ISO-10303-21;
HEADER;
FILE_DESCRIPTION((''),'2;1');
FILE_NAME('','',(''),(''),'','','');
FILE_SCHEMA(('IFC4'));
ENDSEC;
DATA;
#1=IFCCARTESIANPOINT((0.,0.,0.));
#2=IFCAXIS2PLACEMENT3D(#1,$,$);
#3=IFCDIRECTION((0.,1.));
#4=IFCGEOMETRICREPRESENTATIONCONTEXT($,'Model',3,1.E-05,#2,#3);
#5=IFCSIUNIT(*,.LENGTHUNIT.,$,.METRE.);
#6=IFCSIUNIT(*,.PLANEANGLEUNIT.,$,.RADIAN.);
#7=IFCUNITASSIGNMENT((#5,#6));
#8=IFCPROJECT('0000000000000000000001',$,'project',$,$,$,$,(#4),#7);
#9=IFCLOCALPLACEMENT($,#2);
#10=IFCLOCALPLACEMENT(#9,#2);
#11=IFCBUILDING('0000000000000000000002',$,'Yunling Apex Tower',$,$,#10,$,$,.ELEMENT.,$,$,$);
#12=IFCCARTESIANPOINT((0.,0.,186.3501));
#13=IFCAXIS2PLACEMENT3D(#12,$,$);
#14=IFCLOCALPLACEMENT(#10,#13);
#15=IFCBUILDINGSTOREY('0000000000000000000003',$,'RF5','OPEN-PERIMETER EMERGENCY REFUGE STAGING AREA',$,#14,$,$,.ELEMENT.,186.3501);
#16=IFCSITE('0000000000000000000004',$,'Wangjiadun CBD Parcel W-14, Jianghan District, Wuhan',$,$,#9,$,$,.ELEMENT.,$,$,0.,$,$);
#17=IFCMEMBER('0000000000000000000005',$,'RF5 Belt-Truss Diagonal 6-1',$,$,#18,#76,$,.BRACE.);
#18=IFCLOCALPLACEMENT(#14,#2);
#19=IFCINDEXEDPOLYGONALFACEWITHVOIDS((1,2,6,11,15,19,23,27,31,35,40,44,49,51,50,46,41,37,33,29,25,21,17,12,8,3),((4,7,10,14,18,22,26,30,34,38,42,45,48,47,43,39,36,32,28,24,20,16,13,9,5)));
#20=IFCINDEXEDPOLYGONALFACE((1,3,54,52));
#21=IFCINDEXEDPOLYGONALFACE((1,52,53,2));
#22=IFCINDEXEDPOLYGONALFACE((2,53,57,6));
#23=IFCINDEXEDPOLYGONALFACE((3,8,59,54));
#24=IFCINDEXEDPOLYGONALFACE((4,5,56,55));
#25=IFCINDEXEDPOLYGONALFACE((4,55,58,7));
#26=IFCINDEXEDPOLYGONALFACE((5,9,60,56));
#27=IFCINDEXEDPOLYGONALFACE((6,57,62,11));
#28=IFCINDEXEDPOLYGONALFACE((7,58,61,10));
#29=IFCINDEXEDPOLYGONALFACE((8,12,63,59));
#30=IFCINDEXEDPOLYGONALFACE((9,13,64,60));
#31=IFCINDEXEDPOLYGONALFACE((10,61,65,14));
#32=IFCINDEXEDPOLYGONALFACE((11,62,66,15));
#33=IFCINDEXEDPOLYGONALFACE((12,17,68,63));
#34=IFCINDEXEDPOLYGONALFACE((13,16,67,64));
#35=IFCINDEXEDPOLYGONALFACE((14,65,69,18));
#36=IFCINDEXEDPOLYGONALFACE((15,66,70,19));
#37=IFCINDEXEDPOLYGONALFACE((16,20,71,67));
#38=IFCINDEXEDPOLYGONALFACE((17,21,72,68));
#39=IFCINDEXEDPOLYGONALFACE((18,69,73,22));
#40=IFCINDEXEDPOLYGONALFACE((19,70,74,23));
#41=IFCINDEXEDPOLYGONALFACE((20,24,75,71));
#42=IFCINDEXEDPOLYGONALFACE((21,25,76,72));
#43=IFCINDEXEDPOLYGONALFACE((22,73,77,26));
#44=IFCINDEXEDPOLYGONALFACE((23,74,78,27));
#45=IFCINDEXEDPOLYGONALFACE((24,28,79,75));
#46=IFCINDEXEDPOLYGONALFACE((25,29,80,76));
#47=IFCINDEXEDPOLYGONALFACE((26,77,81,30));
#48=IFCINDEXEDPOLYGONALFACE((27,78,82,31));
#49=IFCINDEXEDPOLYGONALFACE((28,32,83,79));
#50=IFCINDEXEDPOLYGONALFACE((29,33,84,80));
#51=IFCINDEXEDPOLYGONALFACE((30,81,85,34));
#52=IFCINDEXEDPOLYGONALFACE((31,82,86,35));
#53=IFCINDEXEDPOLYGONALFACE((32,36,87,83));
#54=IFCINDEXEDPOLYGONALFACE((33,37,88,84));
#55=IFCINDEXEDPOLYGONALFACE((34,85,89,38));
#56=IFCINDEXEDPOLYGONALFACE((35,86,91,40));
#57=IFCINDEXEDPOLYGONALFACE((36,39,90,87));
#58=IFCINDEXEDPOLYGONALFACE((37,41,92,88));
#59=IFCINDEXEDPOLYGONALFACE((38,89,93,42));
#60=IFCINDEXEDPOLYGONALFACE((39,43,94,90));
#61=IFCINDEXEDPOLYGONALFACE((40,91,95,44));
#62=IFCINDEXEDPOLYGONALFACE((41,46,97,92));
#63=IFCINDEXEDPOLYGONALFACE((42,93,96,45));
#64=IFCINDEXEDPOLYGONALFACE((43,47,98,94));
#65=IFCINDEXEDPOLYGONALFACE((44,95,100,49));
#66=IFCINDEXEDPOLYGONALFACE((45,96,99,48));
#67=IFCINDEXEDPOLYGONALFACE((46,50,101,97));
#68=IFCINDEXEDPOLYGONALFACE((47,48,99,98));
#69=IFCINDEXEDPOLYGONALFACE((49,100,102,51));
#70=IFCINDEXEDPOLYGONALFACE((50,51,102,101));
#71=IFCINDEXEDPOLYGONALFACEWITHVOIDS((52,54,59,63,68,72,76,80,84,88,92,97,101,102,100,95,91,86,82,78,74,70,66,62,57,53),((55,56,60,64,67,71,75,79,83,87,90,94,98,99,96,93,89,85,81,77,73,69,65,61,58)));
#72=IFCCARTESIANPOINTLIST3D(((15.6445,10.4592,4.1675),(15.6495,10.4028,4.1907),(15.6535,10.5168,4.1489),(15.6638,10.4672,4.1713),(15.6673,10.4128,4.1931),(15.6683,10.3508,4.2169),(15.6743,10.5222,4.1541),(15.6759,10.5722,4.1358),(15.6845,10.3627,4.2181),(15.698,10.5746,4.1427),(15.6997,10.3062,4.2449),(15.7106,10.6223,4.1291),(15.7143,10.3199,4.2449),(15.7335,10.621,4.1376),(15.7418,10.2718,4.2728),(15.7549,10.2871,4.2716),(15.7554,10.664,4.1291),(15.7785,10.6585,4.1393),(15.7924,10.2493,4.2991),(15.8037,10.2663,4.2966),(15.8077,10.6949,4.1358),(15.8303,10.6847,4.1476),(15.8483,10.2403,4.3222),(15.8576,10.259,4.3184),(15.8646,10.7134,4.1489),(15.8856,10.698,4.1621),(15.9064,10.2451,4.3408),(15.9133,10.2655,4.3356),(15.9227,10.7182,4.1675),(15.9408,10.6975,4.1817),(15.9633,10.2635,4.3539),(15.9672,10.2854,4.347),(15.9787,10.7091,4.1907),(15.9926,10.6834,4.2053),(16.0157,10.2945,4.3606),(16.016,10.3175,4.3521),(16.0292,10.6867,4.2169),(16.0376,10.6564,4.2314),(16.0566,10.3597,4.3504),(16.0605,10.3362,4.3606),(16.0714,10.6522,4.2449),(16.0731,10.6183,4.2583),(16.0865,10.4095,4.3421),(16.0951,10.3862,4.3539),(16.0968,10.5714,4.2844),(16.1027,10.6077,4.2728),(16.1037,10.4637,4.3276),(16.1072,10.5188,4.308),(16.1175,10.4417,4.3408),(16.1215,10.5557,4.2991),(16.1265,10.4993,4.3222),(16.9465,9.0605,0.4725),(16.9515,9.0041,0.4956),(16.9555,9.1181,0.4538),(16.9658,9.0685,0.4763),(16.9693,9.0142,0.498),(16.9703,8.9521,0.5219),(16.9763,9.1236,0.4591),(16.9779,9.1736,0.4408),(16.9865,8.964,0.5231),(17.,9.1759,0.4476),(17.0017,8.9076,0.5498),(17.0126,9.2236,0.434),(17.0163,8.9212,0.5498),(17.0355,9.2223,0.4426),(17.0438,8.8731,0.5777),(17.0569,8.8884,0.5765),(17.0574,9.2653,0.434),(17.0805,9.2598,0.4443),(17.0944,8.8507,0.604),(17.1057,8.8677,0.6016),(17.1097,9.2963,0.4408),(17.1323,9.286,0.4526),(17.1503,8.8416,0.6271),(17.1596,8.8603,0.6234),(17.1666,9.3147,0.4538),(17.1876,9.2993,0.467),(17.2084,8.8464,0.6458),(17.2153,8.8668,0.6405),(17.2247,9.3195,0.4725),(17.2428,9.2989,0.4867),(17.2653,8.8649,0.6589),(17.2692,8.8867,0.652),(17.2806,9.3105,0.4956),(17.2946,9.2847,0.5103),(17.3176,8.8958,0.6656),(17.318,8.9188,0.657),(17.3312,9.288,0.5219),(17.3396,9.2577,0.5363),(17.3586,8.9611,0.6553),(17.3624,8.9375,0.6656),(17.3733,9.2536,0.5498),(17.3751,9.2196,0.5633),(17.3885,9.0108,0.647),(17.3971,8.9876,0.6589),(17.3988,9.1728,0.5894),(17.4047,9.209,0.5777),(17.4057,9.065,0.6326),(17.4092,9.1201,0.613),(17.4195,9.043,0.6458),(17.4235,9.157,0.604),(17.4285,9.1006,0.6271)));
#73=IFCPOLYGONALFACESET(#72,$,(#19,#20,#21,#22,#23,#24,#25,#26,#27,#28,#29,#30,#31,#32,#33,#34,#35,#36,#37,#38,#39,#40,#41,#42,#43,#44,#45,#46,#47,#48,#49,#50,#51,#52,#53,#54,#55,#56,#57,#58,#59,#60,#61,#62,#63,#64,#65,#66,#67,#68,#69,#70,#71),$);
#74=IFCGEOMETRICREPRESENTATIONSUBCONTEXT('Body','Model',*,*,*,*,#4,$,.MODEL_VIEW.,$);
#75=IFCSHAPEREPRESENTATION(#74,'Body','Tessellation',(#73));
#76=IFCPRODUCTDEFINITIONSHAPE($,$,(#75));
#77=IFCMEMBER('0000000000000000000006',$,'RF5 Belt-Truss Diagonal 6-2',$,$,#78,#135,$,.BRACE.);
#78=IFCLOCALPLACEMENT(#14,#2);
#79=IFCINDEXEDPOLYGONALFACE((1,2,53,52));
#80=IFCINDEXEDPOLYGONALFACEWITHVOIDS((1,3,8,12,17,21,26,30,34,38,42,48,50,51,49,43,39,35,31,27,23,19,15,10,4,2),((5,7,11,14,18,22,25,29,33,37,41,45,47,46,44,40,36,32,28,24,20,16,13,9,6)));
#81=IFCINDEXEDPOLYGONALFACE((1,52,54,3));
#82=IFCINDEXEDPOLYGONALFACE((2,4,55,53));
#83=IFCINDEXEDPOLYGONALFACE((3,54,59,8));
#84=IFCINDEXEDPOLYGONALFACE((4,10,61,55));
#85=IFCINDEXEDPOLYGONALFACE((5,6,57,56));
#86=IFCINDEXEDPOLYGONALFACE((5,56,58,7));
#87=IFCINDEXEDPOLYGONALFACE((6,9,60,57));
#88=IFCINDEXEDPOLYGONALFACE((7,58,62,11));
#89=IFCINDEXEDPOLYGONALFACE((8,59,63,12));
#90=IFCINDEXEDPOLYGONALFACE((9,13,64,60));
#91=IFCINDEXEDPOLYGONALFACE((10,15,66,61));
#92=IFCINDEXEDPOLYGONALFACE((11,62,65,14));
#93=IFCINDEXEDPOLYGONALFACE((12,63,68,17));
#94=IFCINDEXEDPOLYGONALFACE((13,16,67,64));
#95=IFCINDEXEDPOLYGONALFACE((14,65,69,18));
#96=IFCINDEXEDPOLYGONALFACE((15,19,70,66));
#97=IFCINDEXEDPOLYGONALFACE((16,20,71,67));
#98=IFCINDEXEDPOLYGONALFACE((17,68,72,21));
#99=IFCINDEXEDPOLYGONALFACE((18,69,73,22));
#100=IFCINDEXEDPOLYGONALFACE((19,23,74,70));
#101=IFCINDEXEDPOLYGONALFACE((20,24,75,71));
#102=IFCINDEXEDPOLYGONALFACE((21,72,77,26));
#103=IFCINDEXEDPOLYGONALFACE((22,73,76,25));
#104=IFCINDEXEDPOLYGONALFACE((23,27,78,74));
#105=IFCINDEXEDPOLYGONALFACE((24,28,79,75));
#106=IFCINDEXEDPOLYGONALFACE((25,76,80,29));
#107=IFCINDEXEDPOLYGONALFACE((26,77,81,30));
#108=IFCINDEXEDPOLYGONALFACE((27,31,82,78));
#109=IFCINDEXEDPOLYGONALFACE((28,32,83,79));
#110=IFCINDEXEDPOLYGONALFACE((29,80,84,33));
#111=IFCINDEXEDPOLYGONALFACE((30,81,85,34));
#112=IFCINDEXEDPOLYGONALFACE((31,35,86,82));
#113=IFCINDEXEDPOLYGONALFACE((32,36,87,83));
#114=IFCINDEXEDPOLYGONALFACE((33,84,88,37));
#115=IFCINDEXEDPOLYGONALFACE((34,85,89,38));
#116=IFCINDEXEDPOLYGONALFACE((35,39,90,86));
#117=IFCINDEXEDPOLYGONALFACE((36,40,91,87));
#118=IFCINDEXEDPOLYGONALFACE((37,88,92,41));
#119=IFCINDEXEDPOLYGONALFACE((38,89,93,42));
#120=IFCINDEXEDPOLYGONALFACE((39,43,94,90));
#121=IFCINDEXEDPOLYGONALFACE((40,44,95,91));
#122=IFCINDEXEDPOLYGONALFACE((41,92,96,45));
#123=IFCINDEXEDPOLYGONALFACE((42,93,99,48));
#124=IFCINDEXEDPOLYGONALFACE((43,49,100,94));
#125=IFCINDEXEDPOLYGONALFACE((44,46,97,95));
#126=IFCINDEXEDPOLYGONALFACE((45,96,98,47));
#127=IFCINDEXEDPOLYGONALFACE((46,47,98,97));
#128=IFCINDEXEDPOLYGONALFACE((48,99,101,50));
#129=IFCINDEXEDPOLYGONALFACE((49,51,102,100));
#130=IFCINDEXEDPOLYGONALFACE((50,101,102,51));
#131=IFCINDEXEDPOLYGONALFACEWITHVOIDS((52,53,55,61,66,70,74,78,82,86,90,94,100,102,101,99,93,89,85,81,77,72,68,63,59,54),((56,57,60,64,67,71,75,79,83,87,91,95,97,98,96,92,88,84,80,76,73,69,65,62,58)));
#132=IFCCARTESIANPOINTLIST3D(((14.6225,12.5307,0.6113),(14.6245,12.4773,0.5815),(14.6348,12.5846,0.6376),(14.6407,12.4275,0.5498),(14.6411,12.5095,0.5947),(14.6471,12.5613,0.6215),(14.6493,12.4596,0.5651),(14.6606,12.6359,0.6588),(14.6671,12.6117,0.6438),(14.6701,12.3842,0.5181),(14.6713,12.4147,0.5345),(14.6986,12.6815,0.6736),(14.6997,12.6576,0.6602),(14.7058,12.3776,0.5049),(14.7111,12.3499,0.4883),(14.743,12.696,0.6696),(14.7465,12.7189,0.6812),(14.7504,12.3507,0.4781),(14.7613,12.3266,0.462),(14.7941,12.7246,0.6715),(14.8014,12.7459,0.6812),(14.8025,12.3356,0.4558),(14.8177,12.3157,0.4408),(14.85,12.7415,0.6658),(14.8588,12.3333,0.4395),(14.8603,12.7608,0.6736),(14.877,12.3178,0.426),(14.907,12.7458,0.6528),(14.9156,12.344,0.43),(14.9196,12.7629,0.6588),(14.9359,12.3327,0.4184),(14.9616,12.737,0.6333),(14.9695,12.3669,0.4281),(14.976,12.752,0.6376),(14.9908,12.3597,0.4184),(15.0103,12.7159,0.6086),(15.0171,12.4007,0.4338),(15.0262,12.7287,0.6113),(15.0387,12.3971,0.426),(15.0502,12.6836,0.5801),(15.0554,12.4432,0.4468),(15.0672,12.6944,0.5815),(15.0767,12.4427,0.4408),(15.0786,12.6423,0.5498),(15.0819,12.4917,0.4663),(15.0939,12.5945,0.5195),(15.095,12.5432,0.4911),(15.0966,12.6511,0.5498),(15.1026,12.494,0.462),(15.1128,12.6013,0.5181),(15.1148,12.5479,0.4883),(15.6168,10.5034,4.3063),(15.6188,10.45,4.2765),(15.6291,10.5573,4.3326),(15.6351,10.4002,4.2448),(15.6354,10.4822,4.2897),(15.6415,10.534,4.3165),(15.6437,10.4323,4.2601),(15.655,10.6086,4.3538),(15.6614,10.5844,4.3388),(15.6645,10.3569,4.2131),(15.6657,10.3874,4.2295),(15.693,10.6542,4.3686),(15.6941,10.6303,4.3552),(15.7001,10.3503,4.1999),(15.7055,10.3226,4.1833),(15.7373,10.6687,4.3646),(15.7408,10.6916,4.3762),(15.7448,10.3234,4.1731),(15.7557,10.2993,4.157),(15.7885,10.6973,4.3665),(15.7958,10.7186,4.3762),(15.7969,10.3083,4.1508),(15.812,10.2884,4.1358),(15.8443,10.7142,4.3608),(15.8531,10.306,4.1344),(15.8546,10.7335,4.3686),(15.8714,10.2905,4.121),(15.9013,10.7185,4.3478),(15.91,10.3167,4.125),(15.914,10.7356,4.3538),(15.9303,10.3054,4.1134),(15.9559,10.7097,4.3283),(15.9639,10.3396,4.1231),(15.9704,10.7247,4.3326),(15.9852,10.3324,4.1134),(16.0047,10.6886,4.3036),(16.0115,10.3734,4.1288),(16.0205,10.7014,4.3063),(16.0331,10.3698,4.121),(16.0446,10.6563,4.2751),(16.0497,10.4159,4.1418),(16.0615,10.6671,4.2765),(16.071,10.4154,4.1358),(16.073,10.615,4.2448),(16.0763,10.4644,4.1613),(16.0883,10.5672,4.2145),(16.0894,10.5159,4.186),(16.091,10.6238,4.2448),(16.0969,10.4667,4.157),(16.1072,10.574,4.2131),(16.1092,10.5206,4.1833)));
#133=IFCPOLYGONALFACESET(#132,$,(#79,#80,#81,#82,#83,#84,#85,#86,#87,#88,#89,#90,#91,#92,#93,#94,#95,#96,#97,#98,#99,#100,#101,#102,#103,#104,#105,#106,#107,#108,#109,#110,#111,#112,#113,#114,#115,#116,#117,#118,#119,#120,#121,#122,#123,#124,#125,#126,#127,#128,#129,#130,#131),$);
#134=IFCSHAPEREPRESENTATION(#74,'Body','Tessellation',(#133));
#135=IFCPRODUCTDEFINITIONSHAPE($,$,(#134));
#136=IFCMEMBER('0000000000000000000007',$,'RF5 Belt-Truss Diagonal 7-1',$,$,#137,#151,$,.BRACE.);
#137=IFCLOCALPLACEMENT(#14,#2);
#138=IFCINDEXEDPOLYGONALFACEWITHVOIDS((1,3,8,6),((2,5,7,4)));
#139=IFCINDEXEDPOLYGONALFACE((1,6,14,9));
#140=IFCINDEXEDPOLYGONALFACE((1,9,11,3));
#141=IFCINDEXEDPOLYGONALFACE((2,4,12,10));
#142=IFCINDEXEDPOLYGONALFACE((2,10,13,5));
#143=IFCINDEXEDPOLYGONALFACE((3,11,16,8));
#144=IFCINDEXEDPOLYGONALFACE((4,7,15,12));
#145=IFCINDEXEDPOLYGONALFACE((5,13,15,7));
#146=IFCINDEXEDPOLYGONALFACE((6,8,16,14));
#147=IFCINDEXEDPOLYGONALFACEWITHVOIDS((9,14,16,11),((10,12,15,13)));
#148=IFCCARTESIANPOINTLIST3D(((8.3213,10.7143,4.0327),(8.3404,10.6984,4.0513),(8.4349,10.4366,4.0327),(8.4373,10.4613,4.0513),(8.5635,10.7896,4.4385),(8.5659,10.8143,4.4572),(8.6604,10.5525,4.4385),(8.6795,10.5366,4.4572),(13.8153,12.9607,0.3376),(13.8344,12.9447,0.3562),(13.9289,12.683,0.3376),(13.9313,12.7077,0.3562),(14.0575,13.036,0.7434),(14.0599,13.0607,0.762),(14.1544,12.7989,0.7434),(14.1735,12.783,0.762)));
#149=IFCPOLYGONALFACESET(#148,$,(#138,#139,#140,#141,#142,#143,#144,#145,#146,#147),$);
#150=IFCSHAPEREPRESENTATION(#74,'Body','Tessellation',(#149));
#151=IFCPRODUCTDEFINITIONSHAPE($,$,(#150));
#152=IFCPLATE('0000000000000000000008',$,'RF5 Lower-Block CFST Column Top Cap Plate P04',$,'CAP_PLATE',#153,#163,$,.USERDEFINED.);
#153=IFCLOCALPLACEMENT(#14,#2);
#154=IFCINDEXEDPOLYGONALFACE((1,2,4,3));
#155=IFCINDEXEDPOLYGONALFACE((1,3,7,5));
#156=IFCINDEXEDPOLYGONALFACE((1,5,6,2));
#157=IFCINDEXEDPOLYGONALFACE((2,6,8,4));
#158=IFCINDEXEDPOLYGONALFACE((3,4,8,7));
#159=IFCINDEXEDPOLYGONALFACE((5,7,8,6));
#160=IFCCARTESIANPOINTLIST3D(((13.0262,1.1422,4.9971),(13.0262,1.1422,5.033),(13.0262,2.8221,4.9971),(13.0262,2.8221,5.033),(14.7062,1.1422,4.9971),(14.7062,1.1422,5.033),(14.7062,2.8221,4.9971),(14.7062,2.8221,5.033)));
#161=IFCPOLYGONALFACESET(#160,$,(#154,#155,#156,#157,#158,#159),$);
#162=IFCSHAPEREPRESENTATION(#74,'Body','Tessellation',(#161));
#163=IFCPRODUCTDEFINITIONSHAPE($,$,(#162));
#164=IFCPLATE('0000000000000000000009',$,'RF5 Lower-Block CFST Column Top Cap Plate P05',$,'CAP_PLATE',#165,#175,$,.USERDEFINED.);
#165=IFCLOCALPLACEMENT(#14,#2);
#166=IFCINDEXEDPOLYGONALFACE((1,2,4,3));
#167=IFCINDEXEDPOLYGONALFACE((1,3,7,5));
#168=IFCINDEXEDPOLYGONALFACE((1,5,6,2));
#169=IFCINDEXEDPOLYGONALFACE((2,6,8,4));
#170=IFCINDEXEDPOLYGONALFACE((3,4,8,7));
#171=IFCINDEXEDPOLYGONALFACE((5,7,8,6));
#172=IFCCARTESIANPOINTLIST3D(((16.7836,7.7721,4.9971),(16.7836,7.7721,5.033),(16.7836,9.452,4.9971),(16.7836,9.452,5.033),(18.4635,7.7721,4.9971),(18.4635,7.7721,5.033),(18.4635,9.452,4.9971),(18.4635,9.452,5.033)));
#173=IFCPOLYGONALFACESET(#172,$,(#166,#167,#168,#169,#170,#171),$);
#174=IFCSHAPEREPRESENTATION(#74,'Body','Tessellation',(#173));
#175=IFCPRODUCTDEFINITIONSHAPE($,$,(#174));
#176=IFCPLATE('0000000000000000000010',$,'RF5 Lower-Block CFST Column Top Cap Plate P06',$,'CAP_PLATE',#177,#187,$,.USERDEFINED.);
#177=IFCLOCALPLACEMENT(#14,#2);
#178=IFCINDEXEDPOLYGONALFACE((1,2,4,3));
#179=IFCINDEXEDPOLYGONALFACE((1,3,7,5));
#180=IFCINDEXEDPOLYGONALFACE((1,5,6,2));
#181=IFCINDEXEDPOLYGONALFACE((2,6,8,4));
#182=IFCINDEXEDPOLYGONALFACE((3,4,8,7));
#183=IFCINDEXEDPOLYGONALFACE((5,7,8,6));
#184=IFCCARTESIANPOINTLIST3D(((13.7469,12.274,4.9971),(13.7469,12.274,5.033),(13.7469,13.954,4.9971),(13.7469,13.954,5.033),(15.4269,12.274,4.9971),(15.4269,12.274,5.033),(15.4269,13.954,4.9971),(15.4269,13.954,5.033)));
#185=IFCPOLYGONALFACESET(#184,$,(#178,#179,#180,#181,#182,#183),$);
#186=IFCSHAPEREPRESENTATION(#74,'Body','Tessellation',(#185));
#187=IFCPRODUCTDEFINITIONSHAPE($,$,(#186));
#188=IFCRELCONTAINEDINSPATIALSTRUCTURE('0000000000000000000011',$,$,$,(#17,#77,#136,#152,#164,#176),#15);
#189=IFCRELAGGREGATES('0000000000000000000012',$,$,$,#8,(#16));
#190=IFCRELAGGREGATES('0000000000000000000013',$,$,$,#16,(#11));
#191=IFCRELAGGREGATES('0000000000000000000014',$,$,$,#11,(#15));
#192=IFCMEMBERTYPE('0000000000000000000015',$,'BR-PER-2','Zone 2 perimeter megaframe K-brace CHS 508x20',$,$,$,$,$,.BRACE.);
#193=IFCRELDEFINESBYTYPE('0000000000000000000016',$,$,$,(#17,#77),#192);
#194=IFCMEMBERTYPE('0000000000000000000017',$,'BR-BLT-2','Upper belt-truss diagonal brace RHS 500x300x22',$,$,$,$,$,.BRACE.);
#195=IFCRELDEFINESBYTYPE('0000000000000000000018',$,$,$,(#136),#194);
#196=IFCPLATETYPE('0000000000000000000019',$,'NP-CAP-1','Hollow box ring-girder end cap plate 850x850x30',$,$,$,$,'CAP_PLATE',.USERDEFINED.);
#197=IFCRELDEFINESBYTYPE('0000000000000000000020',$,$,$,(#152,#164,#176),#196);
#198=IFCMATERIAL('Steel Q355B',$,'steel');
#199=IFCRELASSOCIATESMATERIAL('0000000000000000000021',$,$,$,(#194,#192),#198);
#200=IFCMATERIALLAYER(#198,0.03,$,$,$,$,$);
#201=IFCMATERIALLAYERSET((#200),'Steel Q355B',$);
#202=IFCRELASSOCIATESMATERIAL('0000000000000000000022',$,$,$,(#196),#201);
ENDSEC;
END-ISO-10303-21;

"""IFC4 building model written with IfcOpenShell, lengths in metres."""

from ifc_helpers import new_model, si_unit, direction, frame, origin, origin_2d, place, context, subcontext, project, spatial, rectangle, hollow_rectangle, hollow_circle, extrude, source, transform, mapped, material, layer, layer_set, material_profile, profile_set, type_object, element, save


model = new_model("IFC4")

# Units and contexts
model_context = context("Model", 3, precision=1e-05, world=origin(), true_north=direction((0.0, 1.0)))
body_context = subcontext(model_context, "Body", "Model", "MODEL_VIEW")
ifc_project = project(units=[si_unit("LENGTHUNIT", "METRE"), si_unit("PLANEANGLEUNIT", "RADIAN")], contexts=[model_context])

# Site, building, storey
site_placement = place(None, origin())
site = spatial("IfcSite", under=ifc_project, at=site_placement, Name="Wangjiadun CBD Parcel W-14, Jianghan District, Wuhan", CompositionType="ELEMENT", RefElevation=0.0)
building_placement = place(site_placement, origin())
building = spatial("IfcBuilding", under=site, at=building_placement, Name="Yunling Apex Tower", CompositionType="ELEMENT")
storey_placement = place(building_placement, frame((0.0, 0.0, 186.3501)))
storey = spatial("IfcBuildingStorey", under=building, at=storey_placement, Name="RF5", Description="OPEN-PERIMETER EMERGENCY REFUGE STAGING AREA", CompositionType="ELEMENT", Elevation=186.3501)

# Shared definitions
ifc_material_1 = material(Name="Steel Q355B", Category="steel")

# Members
ifc_material_profile_1 = material_profile(ifc_material_1, hollow_rectangle(XDim=0.3, YDim=0.5, WallThickness=0.022, at=origin_2d()))
ifc_profile_set_1 = profile_set([ifc_material_profile_1], Name="Steel Q355B")
member_type_1 = type_object("IfcMemberType", Name="BR-BLT-2", Description="Upper belt-truss diagonal brace RHS 500x300x22", PredefinedType="BRACE", material=ifc_profile_set_1)
ifc_material_profile_2 = material_profile(ifc_material_1, hollow_circle(Radius=0.2539, WallThickness=0.02, at=origin_2d()))
ifc_profile_set_2 = profile_set([ifc_material_profile_2], Name="Steel Q355B")
member_type_2 = type_object("IfcMemberType", Name="BR-PER-2", Description="Zone 2 perimeter megaframe K-brace CHS 508x20", PredefinedType="BRACE", material=ifc_profile_set_2)
shared_shape_1 = source(origin(), body_context, "Body", "SweptSolid", [
    extrude(hollow_circle(Radius=0.2539, WallThickness=0.02, at=origin_2d()), origin(), (0.0, 0.0, 1.0), 4.1599),
])
member_1_placement = place(storey_placement, frame((17.1875, 9.0806, 0.5498), z_axis=(-0.312986, 0.336227, 0.888252), x_axis=(-0.731951, -0.681357, 0.0)))
element("IfcMember", 1, at=member_1_placement, inside=storey, type_object=member_type_2, Name="RF5 Belt-Truss Diagonal 6-1", PredefinedType="BRACE", context=body_context, shape_type="MappedRepresentation", body=[
    mapped(shared_shape_1, transform((0.0, 0.0, 0.0), scale=1.0)),
])
shared_shape_2 = source(origin(), body_context, "Body", "SweptSolid", [
    extrude(hollow_circle(Radius=0.2539, WallThickness=0.02, at=origin_2d()), origin(), (0.0, 0.0, 1.0), 4.3303),
])
member_2_placement = place(storey_placement, frame((14.8687, 12.5393, 0.5498), z_axis=(0.229628, -0.468164, 0.853284), x_axis=(0.897818, 0.440367, 0.0)))
element("IfcMember", 2, at=member_2_placement, inside=storey, type_object=member_type_2, Name="RF5 Belt-Truss Diagonal 6-2", PredefinedType="BRACE", context=body_context, shape_type="MappedRepresentation", body=[
    mapped(shared_shape_2, transform((0.0, 0.0, 0.0), scale=1.0)),
])
shared_shape_3 = source(origin(), body_context, "Body", "SweptSolid", [
    extrude(hollow_rectangle(XDim=0.3, YDim=0.5, WallThickness=0.022, at=origin_2d()), origin(), (0.0, 0.0, 1.0), 6.9917),
])
member_3_placement = place(storey_placement, frame((13.9944, 12.8718, 0.5498), z_axis=(-0.785785, -0.321291, 0.528501), x_axis=(0.378465, -0.925616, 0.0)))
element("IfcMember", 3, at=member_3_placement, inside=storey, type_object=member_type_1, Name="RF5 Belt-Truss Diagonal 7-1", PredefinedType="BRACE", context=body_context, shape_type="MappedRepresentation", body=[
    mapped(shared_shape_3, transform((0.0, 0.0, 0.0), scale=1.0)),
])

# Plates
ifc_layer_1 = layer(ifc_material_1, 0.03)
ifc_layer_set_1 = layer_set([ifc_layer_1], Name="Steel Q355B")
plate_type_1 = type_object("IfcPlateType", Name="NP-CAP-1", Description="Hollow box ring-girder end cap plate 850x850x30", ElementType="CAP_PLATE", PredefinedType="USERDEFINED", material=ifc_layer_set_1)
shared_shape_4 = source(origin(), body_context, "Body", "SweptSolid", [
    extrude(rectangle(XDim=1.6799, YDim=1.6799, at=origin_2d()), origin(), (0.0, 0.0, 1.0), 0.0359),
])
for number, where, z_axis, x_axis, name in (
    (4, (13.8662, 1.9822, 4.9971), (0.0, 0.0, 1.0), (1.0, 0.0, 0.0), "RF5 Lower-Block CFST Column Top Cap Plate P04"),
    (5, (17.6235, 8.6121, 4.9971), (0.0, 0.0, 1.0), (1.0, 0.0, 0.0), "RF5 Lower-Block CFST Column Top Cap Plate P05"),
    (6, (14.5869, 13.114, 4.9971), (0.0, 0.0, 1.0), (1.0, 0.0, 0.0), "RF5 Lower-Block CFST Column Top Cap Plate P06"),
):
    element("IfcPlate", number, at=place(storey_placement, frame(where, z_axis=z_axis, x_axis=x_axis)), inside=storey, type_object=plate_type_1, Name=name, ObjectType="CAP_PLATE", PredefinedType="USERDEFINED", context=body_context, shape_type="MappedRepresentation", body=[
        mapped(shared_shape_4, transform((0.0, 0.0, 0.0), scale=1.0)),
    ])

save(model, "model.ifc")
